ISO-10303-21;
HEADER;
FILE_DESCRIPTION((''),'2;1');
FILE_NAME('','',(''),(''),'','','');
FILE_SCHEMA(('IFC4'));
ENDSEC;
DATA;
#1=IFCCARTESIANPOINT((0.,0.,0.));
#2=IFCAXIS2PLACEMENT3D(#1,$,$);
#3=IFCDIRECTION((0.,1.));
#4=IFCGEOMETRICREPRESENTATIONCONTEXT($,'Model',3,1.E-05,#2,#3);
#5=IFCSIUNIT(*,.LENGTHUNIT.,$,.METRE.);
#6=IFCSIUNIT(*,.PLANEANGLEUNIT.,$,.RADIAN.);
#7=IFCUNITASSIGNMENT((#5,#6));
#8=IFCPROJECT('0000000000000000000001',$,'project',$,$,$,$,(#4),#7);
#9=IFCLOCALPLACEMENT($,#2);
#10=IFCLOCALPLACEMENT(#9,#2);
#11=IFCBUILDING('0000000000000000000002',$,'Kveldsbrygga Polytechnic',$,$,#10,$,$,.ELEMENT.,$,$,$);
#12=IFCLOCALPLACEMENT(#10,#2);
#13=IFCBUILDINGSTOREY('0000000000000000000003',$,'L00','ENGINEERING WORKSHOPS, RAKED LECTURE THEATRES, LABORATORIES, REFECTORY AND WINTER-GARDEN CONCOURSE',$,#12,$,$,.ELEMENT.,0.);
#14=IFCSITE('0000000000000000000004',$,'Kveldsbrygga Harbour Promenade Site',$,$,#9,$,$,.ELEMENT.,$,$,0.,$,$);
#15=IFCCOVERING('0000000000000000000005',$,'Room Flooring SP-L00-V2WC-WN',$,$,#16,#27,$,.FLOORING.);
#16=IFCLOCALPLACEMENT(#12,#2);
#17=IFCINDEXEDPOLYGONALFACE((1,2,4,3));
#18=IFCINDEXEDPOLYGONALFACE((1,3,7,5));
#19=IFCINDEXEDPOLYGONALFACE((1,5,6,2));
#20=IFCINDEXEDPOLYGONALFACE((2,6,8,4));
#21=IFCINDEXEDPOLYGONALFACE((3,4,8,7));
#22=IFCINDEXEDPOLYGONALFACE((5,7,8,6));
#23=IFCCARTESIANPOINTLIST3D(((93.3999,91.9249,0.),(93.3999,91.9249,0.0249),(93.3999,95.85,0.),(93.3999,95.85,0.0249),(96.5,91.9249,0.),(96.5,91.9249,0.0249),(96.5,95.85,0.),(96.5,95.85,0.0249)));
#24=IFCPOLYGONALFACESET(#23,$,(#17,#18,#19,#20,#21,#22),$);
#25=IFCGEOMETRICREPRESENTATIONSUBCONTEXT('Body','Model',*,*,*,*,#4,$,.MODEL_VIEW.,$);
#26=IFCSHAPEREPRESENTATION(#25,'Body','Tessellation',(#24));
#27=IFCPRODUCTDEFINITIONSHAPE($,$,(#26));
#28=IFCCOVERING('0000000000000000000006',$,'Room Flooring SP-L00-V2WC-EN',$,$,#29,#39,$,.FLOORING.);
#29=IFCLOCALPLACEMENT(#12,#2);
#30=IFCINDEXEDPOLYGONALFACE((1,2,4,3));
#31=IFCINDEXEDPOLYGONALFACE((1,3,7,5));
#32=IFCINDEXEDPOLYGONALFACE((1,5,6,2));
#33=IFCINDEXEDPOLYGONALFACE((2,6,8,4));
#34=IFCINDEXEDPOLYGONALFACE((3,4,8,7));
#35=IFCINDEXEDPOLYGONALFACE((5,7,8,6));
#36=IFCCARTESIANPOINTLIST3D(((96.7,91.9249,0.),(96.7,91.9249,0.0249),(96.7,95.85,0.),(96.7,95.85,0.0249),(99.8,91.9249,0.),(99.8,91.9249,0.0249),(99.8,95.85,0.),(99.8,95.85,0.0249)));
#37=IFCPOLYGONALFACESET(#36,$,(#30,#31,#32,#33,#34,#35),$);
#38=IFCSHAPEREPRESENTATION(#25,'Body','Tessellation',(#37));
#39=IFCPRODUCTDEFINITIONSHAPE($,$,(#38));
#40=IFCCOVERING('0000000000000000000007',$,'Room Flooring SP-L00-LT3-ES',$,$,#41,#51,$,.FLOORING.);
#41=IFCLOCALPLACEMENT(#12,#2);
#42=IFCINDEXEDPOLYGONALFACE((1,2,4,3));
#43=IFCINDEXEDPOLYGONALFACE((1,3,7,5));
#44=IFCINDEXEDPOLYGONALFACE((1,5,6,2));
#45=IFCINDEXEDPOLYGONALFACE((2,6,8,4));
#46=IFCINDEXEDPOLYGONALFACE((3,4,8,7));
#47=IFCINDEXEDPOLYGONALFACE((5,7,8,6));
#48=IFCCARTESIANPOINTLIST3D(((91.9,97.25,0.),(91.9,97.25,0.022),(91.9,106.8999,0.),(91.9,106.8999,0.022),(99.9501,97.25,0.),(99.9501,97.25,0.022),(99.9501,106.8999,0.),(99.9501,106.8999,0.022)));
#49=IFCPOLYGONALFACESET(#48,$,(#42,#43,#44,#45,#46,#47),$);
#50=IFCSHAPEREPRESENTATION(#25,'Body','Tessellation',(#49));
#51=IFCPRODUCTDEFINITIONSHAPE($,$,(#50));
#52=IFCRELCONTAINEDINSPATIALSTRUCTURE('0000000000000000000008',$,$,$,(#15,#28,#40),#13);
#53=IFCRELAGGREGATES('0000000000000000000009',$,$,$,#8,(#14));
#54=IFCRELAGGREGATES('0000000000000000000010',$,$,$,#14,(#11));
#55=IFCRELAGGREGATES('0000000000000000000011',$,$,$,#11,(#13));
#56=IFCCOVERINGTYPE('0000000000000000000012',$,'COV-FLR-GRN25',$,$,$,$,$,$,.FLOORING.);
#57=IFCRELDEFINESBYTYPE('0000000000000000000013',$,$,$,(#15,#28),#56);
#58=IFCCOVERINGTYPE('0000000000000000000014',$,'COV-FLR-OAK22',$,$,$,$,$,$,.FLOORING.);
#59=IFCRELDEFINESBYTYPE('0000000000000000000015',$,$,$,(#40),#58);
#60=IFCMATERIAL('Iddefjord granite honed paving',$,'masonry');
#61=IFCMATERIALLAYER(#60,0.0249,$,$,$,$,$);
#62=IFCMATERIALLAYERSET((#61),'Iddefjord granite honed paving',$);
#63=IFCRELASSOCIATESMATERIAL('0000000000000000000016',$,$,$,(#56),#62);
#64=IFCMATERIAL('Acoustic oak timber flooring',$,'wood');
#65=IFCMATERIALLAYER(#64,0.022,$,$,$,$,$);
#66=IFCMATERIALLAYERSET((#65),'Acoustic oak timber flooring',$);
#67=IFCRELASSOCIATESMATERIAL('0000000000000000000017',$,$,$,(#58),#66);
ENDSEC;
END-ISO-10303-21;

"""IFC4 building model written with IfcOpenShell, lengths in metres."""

from ifc_helpers import new_model, si_unit, direction, frame, origin, origin_2d, place, context, subcontext, project, spatial, rectangle, extrude, material, layer, layer_set, type_object, element, save


model = new_model("IFC4")

# Units and contexts
model_context = context("Model", 3, precision=1e-05, world=origin(), true_north=direction((0.0, 1.0)))
body_context = subcontext(model_context, "Body", "Model", "MODEL_VIEW")
ifc_project = project(units=[si_unit("LENGTHUNIT", "METRE"), si_unit("PLANEANGLEUNIT", "RADIAN")], contexts=[model_context])

# Site, building, storey
site_placement = place(None, origin())
site = spatial("IfcSite", under=ifc_project, at=site_placement, Name="Kveldsbrygga Harbour Promenade Site", CompositionType="ELEMENT", RefElevation=0.0)
building_placement = place(site_placement, origin())
building = spatial("IfcBuilding", under=site, at=building_placement, Name="Kveldsbrygga Polytechnic", CompositionType="ELEMENT")
storey_placement = place(building_placement, origin())
storey = spatial("IfcBuildingStorey", under=building, at=storey_placement, Name="L00", Description="ENGINEERING WORKSHOPS, RAKED LECTURE THEATRES, LABORATORIES, REFECTORY AND WINTER-GARDEN CONCOURSE", CompositionType="ELEMENT", Elevation=0.0)

# Coverings
ifc_material_1 = material(Name="Iddefjord granite honed paving", Category="masonry")
ifc_layer_1 = layer(ifc_material_1, 0.0249)
ifc_layer_set_1 = layer_set([ifc_layer_1], Name="Iddefjord granite honed paving")
covering_type_1 = type_object("IfcCoveringType", Name="COV-FLR-GRN25", PredefinedType="FLOORING", material=ifc_layer_set_1)
for number, where, z_axis, x_axis, name in (
    (1, (94.95, 93.8875, 0.0), (0.0, 0.0, 1.0), (1.0, 0.0, 0.0), "Room Flooring SP-L00-V2WC-WN"),
    (2, (98.25, 93.8875, 0.0), (0.0, 0.0, 1.0), (1.0, 0.0, 0.0), "Room Flooring SP-L00-V2WC-EN"),
):
    element("IfcCovering", number, at=place(storey_placement, frame(where, z_axis=z_axis, x_axis=x_axis)), inside=storey, type_object=covering_type_1, Name=name, PredefinedType="FLOORING", context=body_context, shape_type="SweptSolid", body=[
        extrude(rectangle(XDim=3.1001, YDim=3.925, at=origin_2d()), origin(), (0.0, 0.0, 1.0), 0.0249),
    ])
ifc_material_2 = material(Name="Acoustic oak timber flooring", Category="wood")
ifc_layer_2 = layer(ifc_material_2, 0.022)
ifc_layer_set_2 = layer_set([ifc_layer_2], Name="Acoustic oak timber flooring")
covering_type_2 = type_object("IfcCoveringType", Name="COV-FLR-OAK22", PredefinedType="FLOORING", material=ifc_layer_set_2)
covering_placement = place(storey_placement, frame((95.925, 102.075, 0.0), z_axis=(0.0, 0.0, 1.0), x_axis=(1.0, 0.0, 0.0)))
element("IfcCovering", 3, at=covering_placement, inside=storey, type_object=covering_type_2, Name="Room Flooring SP-L00-LT3-ES", PredefinedType="FLOORING", context=body_context, shape_type="SweptSolid", body=[
    extrude(rectangle(XDim=8.05, YDim=9.6499, at=origin_2d()), origin(), (0.0, 0.0, 1.0), 0.022),
])

save(model, "model.ifc")
